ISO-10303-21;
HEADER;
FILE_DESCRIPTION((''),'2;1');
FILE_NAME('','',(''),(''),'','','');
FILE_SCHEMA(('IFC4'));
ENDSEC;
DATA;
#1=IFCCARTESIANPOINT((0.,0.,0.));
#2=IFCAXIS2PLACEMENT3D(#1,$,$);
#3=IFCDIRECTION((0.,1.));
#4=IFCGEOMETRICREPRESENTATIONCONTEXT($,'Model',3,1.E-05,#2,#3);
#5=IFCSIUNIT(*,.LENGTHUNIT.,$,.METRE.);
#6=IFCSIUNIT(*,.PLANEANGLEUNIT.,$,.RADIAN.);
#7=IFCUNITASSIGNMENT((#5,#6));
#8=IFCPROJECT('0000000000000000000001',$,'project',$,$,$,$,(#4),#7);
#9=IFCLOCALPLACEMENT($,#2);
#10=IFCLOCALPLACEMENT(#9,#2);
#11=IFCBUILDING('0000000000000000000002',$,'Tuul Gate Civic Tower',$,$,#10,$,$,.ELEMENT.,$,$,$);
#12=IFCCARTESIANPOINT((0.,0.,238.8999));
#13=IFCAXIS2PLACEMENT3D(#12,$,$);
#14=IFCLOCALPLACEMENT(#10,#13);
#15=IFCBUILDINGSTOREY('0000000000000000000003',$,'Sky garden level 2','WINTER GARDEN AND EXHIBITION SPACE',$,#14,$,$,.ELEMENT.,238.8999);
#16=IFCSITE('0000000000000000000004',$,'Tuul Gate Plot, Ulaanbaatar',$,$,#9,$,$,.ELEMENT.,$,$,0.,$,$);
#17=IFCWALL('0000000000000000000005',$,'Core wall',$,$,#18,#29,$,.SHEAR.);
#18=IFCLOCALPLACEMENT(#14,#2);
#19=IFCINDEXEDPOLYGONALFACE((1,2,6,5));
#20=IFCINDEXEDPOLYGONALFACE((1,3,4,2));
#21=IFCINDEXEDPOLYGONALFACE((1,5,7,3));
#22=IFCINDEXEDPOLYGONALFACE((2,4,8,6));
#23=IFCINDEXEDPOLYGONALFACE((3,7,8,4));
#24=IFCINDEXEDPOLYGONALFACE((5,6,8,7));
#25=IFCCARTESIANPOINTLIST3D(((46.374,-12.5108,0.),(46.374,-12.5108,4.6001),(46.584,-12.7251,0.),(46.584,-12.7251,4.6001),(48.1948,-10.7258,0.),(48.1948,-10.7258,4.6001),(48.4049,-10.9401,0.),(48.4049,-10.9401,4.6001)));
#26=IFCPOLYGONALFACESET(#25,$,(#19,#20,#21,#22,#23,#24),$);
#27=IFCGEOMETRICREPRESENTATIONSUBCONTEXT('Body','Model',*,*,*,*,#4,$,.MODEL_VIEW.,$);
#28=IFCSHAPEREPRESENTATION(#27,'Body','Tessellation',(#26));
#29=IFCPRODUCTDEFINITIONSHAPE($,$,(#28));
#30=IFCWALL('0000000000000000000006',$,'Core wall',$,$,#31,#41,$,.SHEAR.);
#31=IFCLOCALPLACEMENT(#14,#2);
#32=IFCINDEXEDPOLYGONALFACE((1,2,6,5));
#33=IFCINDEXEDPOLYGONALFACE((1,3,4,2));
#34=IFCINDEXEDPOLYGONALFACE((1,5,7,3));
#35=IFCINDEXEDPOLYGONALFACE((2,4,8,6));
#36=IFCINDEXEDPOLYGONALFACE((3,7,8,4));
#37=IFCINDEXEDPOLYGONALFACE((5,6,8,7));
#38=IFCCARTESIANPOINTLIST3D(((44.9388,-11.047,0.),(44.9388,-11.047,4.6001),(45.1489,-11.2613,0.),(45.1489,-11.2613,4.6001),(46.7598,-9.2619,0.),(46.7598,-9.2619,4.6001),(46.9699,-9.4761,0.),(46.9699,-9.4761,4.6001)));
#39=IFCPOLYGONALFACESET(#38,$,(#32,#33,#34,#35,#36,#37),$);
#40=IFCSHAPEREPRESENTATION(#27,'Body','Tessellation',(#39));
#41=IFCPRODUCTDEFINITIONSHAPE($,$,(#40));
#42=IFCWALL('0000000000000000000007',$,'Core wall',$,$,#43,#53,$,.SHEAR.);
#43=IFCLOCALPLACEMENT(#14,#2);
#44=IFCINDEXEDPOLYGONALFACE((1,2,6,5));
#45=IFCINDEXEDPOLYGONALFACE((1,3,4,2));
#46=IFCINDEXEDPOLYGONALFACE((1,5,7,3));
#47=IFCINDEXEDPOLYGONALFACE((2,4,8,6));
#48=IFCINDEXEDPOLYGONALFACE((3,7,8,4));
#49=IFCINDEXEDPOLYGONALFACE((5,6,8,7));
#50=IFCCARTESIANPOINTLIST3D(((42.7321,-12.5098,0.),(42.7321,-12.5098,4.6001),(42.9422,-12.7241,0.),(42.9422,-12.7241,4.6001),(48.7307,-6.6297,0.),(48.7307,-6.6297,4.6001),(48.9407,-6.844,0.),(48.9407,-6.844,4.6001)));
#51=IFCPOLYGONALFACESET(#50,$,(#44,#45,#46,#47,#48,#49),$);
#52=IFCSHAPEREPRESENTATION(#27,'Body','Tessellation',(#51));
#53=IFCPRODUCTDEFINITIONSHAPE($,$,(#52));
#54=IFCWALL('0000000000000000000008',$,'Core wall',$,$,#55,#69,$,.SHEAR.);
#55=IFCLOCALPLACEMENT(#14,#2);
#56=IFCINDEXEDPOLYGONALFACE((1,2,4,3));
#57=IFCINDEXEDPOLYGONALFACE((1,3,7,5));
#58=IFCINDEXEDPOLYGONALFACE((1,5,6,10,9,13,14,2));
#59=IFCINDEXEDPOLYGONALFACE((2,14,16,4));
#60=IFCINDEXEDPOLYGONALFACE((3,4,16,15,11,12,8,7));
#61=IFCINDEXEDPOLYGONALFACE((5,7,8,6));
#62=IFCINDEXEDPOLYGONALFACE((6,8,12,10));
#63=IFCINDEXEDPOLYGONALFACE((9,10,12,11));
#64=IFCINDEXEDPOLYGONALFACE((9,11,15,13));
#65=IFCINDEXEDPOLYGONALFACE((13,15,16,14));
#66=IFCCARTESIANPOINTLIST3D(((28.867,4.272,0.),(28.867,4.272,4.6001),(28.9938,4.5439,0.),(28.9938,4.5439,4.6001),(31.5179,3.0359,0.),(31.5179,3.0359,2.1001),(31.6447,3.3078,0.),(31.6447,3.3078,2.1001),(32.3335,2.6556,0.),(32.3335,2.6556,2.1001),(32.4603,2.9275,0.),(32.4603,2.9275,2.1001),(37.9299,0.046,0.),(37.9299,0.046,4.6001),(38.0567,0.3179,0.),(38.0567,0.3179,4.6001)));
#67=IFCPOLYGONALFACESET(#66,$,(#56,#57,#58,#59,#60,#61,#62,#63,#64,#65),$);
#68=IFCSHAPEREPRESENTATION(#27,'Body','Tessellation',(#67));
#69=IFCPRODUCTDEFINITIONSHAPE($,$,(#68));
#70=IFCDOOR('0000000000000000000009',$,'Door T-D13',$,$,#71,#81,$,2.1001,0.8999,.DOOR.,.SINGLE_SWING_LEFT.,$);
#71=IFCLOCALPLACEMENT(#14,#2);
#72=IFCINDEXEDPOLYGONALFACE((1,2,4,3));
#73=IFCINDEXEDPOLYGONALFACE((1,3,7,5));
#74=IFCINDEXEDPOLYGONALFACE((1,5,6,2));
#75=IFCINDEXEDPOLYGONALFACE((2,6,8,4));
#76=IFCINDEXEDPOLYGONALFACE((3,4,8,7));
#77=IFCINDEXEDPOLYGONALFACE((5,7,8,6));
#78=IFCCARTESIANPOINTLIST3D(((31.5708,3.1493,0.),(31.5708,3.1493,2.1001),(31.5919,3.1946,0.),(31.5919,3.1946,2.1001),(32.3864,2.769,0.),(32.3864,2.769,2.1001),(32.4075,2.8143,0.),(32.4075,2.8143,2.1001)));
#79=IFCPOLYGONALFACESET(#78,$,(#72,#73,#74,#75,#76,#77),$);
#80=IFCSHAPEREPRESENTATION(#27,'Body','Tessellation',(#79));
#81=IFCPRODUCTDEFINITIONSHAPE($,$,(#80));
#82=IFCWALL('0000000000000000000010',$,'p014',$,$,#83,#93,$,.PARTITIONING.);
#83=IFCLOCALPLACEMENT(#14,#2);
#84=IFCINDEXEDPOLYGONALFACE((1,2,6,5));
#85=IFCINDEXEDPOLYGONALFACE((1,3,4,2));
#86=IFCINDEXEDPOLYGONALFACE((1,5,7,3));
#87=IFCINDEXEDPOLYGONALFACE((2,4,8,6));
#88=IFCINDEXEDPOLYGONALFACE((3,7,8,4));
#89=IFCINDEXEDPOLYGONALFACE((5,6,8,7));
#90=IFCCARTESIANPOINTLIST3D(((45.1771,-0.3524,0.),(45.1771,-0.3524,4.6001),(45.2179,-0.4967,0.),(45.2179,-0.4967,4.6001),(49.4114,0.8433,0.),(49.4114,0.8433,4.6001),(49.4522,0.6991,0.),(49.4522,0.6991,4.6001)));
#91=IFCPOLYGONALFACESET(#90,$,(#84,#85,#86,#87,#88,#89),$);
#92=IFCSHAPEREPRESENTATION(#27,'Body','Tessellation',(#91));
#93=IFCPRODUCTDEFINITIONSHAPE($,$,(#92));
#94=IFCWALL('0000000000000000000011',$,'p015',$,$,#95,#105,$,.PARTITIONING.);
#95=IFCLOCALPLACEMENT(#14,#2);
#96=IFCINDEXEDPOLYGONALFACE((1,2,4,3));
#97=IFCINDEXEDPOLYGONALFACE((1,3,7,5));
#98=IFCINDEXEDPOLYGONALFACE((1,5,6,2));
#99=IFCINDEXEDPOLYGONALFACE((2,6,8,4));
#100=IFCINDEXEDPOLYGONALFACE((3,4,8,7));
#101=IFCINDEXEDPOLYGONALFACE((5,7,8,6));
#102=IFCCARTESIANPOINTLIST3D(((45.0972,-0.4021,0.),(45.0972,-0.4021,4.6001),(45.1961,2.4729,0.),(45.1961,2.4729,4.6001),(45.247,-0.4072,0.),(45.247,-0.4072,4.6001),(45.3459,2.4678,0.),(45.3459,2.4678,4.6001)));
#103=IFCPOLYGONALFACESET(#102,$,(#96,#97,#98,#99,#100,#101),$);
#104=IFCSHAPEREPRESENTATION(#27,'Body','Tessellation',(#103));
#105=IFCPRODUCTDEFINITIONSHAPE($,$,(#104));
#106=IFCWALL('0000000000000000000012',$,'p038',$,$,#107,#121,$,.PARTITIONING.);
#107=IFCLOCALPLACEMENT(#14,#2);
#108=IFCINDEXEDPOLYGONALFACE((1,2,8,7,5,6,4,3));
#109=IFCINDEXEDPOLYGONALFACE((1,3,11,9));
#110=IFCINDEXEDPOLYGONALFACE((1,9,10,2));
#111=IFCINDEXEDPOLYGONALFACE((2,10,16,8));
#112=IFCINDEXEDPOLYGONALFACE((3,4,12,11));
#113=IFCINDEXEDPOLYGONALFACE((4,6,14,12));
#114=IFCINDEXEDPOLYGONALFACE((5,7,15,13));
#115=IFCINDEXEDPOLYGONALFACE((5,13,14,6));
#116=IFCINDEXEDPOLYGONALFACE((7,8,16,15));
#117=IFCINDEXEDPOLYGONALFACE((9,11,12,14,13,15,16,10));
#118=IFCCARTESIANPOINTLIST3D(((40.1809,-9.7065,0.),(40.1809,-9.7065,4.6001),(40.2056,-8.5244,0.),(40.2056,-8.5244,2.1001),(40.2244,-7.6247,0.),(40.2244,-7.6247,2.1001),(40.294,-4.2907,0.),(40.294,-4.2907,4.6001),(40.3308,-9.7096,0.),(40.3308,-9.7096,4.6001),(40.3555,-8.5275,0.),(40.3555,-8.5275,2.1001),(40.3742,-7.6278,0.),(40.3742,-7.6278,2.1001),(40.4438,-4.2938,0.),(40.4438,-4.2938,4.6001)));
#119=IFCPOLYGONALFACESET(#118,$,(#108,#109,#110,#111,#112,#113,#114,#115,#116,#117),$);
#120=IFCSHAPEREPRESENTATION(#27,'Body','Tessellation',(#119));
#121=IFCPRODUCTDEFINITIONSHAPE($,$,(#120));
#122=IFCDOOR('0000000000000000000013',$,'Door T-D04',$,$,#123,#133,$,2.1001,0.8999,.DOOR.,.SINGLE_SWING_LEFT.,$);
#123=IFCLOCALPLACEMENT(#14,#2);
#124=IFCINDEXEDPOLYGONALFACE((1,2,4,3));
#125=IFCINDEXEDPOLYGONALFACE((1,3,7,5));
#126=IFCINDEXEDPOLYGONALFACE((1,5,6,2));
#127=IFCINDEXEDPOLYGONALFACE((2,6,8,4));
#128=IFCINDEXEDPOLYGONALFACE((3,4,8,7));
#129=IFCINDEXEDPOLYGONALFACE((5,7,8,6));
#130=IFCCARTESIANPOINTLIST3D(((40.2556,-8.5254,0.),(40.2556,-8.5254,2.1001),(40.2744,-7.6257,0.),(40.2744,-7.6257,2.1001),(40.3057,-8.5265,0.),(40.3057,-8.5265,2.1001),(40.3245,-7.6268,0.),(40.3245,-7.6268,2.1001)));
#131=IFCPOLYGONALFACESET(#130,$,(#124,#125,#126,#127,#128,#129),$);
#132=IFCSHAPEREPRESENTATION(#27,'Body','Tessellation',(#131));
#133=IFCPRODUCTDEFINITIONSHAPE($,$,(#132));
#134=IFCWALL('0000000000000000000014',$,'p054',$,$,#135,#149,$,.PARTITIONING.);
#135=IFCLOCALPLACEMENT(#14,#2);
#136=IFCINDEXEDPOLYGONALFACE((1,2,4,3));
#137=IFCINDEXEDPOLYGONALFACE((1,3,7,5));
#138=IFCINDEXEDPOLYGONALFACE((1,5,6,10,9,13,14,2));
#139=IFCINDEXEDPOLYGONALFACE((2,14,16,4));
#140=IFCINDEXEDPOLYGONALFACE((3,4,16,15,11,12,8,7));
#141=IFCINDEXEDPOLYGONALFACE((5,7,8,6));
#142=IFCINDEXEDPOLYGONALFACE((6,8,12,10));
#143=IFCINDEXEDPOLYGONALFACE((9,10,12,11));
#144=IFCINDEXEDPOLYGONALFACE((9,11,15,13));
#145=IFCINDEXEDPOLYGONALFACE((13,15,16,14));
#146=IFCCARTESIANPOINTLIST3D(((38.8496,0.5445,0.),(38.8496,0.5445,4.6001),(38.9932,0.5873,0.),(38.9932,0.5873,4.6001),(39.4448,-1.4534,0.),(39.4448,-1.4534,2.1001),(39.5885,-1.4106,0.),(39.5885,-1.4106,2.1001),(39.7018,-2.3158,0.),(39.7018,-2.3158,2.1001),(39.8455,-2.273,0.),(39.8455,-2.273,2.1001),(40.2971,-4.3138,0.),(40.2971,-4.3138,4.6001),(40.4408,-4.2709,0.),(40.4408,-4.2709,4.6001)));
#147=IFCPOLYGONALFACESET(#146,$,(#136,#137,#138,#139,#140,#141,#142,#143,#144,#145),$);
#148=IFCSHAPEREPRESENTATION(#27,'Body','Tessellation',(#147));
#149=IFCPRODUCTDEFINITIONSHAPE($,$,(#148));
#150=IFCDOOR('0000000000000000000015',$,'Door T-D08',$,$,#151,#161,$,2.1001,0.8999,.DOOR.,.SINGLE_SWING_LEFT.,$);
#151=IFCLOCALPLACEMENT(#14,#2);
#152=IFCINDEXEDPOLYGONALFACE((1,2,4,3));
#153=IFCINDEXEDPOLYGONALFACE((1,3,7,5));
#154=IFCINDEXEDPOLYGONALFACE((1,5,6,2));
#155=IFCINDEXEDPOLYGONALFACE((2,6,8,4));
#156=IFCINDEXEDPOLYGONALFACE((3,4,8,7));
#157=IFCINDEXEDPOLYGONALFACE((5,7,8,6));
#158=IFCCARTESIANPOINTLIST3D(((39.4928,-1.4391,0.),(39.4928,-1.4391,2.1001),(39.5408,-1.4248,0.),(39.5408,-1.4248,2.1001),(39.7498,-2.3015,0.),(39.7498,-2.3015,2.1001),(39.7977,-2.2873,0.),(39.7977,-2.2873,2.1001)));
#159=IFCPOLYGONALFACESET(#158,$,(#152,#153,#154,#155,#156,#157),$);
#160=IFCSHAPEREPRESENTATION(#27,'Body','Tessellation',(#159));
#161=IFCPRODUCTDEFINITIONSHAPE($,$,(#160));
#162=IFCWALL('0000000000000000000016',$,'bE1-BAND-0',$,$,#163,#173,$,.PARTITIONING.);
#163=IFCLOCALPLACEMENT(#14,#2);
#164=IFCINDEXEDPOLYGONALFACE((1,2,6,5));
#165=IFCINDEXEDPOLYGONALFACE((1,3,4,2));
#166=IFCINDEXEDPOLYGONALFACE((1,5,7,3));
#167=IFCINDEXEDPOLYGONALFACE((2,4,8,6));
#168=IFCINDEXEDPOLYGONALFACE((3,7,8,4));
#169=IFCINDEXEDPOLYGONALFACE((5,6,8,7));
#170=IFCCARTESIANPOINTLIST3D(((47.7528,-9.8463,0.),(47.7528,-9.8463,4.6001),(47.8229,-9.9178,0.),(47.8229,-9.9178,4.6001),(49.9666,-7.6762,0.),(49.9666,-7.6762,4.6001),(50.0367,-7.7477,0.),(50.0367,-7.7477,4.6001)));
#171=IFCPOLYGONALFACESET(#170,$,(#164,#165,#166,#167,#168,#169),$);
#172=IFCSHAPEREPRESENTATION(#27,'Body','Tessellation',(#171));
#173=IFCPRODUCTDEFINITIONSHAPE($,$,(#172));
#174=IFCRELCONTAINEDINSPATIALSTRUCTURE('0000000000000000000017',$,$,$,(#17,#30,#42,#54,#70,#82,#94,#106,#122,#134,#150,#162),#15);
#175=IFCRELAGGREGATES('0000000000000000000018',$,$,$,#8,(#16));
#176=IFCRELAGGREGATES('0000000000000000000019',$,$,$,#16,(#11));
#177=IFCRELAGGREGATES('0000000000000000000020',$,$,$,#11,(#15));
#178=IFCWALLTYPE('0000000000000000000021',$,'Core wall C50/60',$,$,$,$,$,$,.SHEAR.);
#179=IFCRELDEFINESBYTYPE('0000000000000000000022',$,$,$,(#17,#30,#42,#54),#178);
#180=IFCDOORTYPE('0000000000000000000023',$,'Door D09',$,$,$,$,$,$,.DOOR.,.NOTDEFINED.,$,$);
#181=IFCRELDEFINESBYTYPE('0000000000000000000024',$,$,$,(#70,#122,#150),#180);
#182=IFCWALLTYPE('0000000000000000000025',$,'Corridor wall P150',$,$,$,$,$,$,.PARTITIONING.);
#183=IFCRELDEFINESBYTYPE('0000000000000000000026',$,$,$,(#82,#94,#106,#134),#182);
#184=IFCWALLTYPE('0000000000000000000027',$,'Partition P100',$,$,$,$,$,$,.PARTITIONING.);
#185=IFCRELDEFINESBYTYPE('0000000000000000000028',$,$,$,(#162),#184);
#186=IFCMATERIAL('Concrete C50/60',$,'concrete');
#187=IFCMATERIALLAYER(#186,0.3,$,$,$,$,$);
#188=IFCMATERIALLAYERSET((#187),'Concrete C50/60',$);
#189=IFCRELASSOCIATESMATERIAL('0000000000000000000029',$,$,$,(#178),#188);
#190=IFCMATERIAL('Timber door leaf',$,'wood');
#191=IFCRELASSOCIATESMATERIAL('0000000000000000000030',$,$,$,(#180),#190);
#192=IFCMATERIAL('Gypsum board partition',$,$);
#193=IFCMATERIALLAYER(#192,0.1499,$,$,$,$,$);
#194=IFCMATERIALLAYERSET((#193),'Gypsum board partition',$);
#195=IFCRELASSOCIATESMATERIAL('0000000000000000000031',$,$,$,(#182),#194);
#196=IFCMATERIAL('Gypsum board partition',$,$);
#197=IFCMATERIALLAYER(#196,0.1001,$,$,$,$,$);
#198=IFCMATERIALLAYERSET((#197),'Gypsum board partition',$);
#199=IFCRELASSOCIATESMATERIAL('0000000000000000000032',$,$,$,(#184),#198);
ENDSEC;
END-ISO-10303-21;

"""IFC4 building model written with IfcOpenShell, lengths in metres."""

from ifc_helpers import new_model, si_unit, direction, frame, frame_2d, origin, place, context, subcontext, project, spatial, rectangle, extrude, material, layer, layer_set, type_object, element, fill, save


model = new_model("IFC4")

# Units and contexts
model_context = context("Model", 3, precision=1e-05, world=origin(), true_north=direction((0.0, 1.0)))
body_context = subcontext(model_context, "Body", "Model", "MODEL_VIEW")
ifc_project = project(units=[si_unit("LENGTHUNIT", "METRE"), si_unit("PLANEANGLEUNIT", "RADIAN")], contexts=[model_context])

# Site, building, storey
site_placement = place(None, origin())
site = spatial("IfcSite", under=ifc_project, at=site_placement, Name="Tuul Gate Plot, Ulaanbaatar", CompositionType="ELEMENT", RefElevation=0.0)
building_placement = place(site_placement, origin())
building = spatial("IfcBuilding", under=site, at=building_placement, Name="Tuul Gate Civic Tower", CompositionType="ELEMENT")
storey_placement = place(building_placement, frame((0.0, 0.0, 238.8999)))
storey = spatial("IfcBuildingStorey", under=building, at=storey_placement, Name="Sky garden level 2", Description="WINTER GARDEN AND EXHIBITION SPACE", CompositionType="ELEMENT", Elevation=238.8999)

# Walls
ifc_material_1 = material(Name="Concrete C50/60", Category="concrete")
ifc_layer_1 = layer(ifc_material_1, 0.3)
ifc_layer_set_1 = layer_set([ifc_layer_1], Name="Concrete C50/60")
wall_type_1 = type_object("IfcWallType", Name="Core wall C50/60", PredefinedType="SHEAR", material=ifc_layer_set_1)
wall_1_placement = place(storey_placement, frame((46.479, -12.6179, 0.0), z_axis=(0.0, 0.0, 1.0), x_axis=(0.714109, 0.700034, 0.0)))
element("IfcWall", 1, at=wall_1_placement, inside=storey, type_object=wall_type_1, Name="Core wall", PredefinedType="SHEAR", context=body_context, shape_type="SweptSolid", body=[
    extrude(rectangle(XDim=2.5498, YDim=0.3, at=frame_2d((1.2749, 0.0))), origin(), (0.0, 0.0, 1.0), 4.6001),
])
wall_2_placement = place(storey_placement, frame((45.0439, -11.1541, 0.0), z_axis=(0.0, 0.0, 1.0), x_axis=(0.714108, 0.700035, 0.0)))
element("IfcWall", 2, at=wall_2_placement, inside=storey, type_object=wall_type_1, Name="Core wall", PredefinedType="SHEAR", context=body_context, shape_type="SweptSolid", body=[
    extrude(rectangle(XDim=2.55, YDim=0.3, at=frame_2d((1.2749, 0.0))), origin(), (0.0, 0.0, 1.0), 4.6001),
])
wall_3_placement = place(storey_placement, frame((42.8372, -12.6169, 0.0), z_axis=(0.0, 0.0, 1.0), x_axis=(0.71412, 0.700023, 0.0)))
element("IfcWall", 3, at=wall_3_placement, inside=storey, type_object=wall_type_1, Name="Core wall", PredefinedType="SHEAR", context=body_context, shape_type="SweptSolid", body=[
    extrude(rectangle(XDim=8.3999, YDim=0.3, at=frame_2d((4.2, 0.0))), origin(), (0.0, 0.0, 1.0), 4.6001),
])

# Wall, opening, door
wall_4_placement = place(storey_placement, frame((37.9934, 0.1819, 0.0), z_axis=(0.0, 0.0, 1.0), x_axis=(-0.90631, 0.422613, 0.0)))
wall_4 = element("IfcWall", 4, at=wall_4_placement, inside=storey, type_object=wall_type_1, Name="Core wall", PredefinedType="SHEAR", context=body_context, shape_type="SweptSolid", body=[
    extrude(rectangle(XDim=9.9998, YDim=0.3, at=frame_2d((5.0, 0.0))), origin(), (0.0, 0.0, 1.0), 4.6001),
])
opening_1_placement = place(wall_4_placement, frame((6.175, 0.0, 0.0)))
opening_1 = element("IfcOpeningElement", 5, at=opening_1_placement, cuts=wall_4, PredefinedType="OPENING", context=body_context, shape_type="SweptSolid", body=[
    extrude(rectangle(XDim=0.8999, YDim=2.1001, at=frame_2d((0.45, 1.05))), frame((0.0, 0.1602, 0.0), z_axis=(0.0, -1.0, 0.0), x_axis=(1.0, 0.0, 0.0)), (0.0, 0.0, 1.0), 0.3201),
])
ifc_material_2 = material(Name="Timber door leaf", Category="wood")
door_type = type_object("IfcDoorType", Name="Door D09", OperationType="NOTDEFINED", PredefinedType="DOOR", material=ifc_material_2)
door_1_placement = place(opening_1_placement, origin())
door_1 = element("IfcDoor", 6, at=door_1_placement, inside=storey, type_object=door_type, Name="Door T-D13", OperationType="SINGLE_SWING_LEFT", OverallHeight=2.1001, OverallWidth=0.8999, PredefinedType="DOOR", context=body_context, shape_type="SweptSolid", body=[
    extrude(rectangle(XDim=0.8999, YDim=2.1001, at=frame_2d((0.45, 1.05))), frame((0.0, 0.0249, 0.0), z_axis=(0.0, -1.0, 0.0), x_axis=(1.0, 0.0, 0.0)), (0.0, 0.0, 1.0), 0.05),
])
fill(opening_1, door_1)

# Walls
ifc_material_3 = material(Name="Gypsum board partition")
ifc_layer_2 = layer(ifc_material_3, 0.1499)
ifc_layer_set_2 = layer_set([ifc_layer_2], Name="Gypsum board partition")
wall_type_2 = type_object("IfcWallType", Name="Corridor wall P150", PredefinedType="PARTITIONING", material=ifc_layer_set_2)
wall_5_placement = place(storey_placement, frame((45.1975, -0.4246, 0.0), z_axis=(0.0, 0.0, 1.0), x_axis=(0.962361, 0.271774, 0.0)))
element("IfcWall", 7, at=wall_5_placement, inside=storey, type_object=wall_type_2, Name="p014", PredefinedType="PARTITIONING", context=body_context, shape_type="SweptSolid", body=[
    extrude(rectangle(XDim=4.3999, YDim=0.1499, at=frame_2d((2.2, 0.0))), origin(), (0.0, 0.0, 1.0), 4.6001),
])
wall_6_placement = place(storey_placement, frame((45.1721, -0.4048, 0.0), z_axis=(0.0, 0.0, 1.0), x_axis=(0.034372, 0.999409, 0.0)))
element("IfcWall", 8, at=wall_6_placement, inside=storey, type_object=wall_type_2, Name="p015", PredefinedType="PARTITIONING", context=body_context, shape_type="SweptSolid", body=[
    extrude(rectangle(XDim=2.8767, YDim=0.1499, at=frame_2d((1.4385, 0.0))), origin(), (0.0, 0.0, 1.0), 4.6001),
])

# Walls, openings, doors
wall_7_placement = place(storey_placement, frame((40.3689, -4.2922, 0.0), z_axis=(0.0, 0.0, 1.0), x_axis=(-0.020867, -0.999782, 0.0)))
wall_7 = element("IfcWall", 9, at=wall_7_placement, inside=storey, type_object=wall_type_2, Name="p038", PredefinedType="PARTITIONING", context=body_context, shape_type="SweptSolid", body=[
    extrude(rectangle(XDim=5.417, YDim=0.1499, at=frame_2d((2.7085, 0.0))), origin(), (0.0, 0.0, 1.0), 4.6001),
])
opening_2_placement = place(wall_7_placement, frame((3.3347, 0.0, 0.0)))
opening_2 = element("IfcOpeningElement", 10, at=opening_2_placement, cuts=wall_7, PredefinedType="OPENING", context=body_context, shape_type="SweptSolid", body=[
    extrude(rectangle(XDim=0.8999, YDim=2.1001, at=frame_2d((0.45, 1.05))), frame((0.0, 0.085, 0.0), z_axis=(0.0, -1.0, 0.0), x_axis=(1.0, 0.0, 0.0)), (0.0, 0.0, 1.0), 0.1699),
])
door_2_placement = place(opening_2_placement, frame((0.8999, 0.0, 0.0), z_axis=(0.0, 0.0, 1.0), x_axis=(-1.0, 0.0, 0.0)))
door_2 = element("IfcDoor", 11, at=door_2_placement, inside=storey, type_object=door_type, Name="Door T-D04", OperationType="SINGLE_SWING_LEFT", OverallHeight=2.1001, OverallWidth=0.8999, PredefinedType="DOOR", context=body_context, shape_type="SweptSolid", body=[
    extrude(rectangle(XDim=0.8999, YDim=2.1001, at=frame_2d((0.45, 1.05))), frame((0.0, 0.0249, 0.0), z_axis=(0.0, -1.0, 0.0), x_axis=(1.0, 0.0, 0.0)), (0.0, 0.0, 1.0), 0.05),
])
fill(opening_2, door_2)
wall_8_placement = place(storey_placement, frame((38.9214, 0.5659, 0.0), z_axis=(0.0, 0.0, 1.0), x_axis=(0.285549, -0.958364, 0.0)))
wall_8 = element("IfcWall", 12, at=wall_8_placement, inside=storey, type_object=wall_type_2, Name="p054", PredefinedType="PARTITIONING", context=body_context, shape_type="SweptSolid", body=[
    extrude(rectangle(XDim=5.0693, YDim=0.1499, at=frame_2d((2.5347, 0.0))), origin(), (0.0, 0.0, 1.0), 4.6001),
])
opening_3_placement = place(wall_8_placement, frame((2.0847, 0.0, 0.0)))
opening_3 = element("IfcOpeningElement", 13, at=opening_3_placement, cuts=wall_8, PredefinedType="OPENING", context=body_context, shape_type="SweptSolid", body=[
    extrude(rectangle(XDim=0.8999, YDim=2.1001, at=frame_2d((0.45, 1.05))), frame((0.0, 0.085, 0.0), z_axis=(0.0, -1.0, 0.0), x_axis=(1.0, 0.0, 0.0)), (0.0, 0.0, 1.0), 0.1699),
])
door_3_placement = place(opening_3_placement, frame((0.8999, 0.0, 0.0), z_axis=(0.0, 0.0, 1.0), x_axis=(-1.0, 0.0, 0.0)))
door_3 = element("IfcDoor", 14, at=door_3_placement, inside=storey, type_object=door_type, Name="Door T-D08", OperationType="SINGLE_SWING_LEFT", OverallHeight=2.1001, OverallWidth=0.8999, PredefinedType="DOOR", context=body_context, shape_type="SweptSolid", body=[
    extrude(rectangle(XDim=0.8999, YDim=2.1001, at=frame_2d((0.45, 1.05))), frame((0.0, 0.0249, 0.0), z_axis=(0.0, -1.0, 0.0), x_axis=(1.0, 0.0, 0.0)), (0.0, 0.0, 1.0), 0.05),
])
fill(opening_3, door_3)

# Wall
ifc_material_4 = material(Name="Gypsum board partition")
ifc_layer_3 = layer(ifc_material_4, 0.1001)
ifc_layer_set_3 = layer_set([ifc_layer_3], Name="Gypsum board partition")
wall_type_3 = type_object("IfcWallType", Name="Partition P100", PredefinedType="PARTITIONING", material=ifc_layer_set_3)
wall_9_placement = place(storey_placement, frame((47.7878, -9.8821, 0.0), z_axis=(0.0, 0.0, 1.0), x_axis=(0.71412, 0.700023, 0.0)))
element("IfcWall", 15, at=wall_9_placement, inside=storey, type_object=wall_type_3, Name="bE1-BAND-0", PredefinedType="PARTITIONING", context=body_context, shape_type="SweptSolid", body=[
    extrude(rectangle(XDim=3.1001, YDim=0.1001, at=frame_2d((1.55, 0.0))), origin(), (0.0, 0.0, 1.0), 4.6001),
])

save(model, "model.ifc")
